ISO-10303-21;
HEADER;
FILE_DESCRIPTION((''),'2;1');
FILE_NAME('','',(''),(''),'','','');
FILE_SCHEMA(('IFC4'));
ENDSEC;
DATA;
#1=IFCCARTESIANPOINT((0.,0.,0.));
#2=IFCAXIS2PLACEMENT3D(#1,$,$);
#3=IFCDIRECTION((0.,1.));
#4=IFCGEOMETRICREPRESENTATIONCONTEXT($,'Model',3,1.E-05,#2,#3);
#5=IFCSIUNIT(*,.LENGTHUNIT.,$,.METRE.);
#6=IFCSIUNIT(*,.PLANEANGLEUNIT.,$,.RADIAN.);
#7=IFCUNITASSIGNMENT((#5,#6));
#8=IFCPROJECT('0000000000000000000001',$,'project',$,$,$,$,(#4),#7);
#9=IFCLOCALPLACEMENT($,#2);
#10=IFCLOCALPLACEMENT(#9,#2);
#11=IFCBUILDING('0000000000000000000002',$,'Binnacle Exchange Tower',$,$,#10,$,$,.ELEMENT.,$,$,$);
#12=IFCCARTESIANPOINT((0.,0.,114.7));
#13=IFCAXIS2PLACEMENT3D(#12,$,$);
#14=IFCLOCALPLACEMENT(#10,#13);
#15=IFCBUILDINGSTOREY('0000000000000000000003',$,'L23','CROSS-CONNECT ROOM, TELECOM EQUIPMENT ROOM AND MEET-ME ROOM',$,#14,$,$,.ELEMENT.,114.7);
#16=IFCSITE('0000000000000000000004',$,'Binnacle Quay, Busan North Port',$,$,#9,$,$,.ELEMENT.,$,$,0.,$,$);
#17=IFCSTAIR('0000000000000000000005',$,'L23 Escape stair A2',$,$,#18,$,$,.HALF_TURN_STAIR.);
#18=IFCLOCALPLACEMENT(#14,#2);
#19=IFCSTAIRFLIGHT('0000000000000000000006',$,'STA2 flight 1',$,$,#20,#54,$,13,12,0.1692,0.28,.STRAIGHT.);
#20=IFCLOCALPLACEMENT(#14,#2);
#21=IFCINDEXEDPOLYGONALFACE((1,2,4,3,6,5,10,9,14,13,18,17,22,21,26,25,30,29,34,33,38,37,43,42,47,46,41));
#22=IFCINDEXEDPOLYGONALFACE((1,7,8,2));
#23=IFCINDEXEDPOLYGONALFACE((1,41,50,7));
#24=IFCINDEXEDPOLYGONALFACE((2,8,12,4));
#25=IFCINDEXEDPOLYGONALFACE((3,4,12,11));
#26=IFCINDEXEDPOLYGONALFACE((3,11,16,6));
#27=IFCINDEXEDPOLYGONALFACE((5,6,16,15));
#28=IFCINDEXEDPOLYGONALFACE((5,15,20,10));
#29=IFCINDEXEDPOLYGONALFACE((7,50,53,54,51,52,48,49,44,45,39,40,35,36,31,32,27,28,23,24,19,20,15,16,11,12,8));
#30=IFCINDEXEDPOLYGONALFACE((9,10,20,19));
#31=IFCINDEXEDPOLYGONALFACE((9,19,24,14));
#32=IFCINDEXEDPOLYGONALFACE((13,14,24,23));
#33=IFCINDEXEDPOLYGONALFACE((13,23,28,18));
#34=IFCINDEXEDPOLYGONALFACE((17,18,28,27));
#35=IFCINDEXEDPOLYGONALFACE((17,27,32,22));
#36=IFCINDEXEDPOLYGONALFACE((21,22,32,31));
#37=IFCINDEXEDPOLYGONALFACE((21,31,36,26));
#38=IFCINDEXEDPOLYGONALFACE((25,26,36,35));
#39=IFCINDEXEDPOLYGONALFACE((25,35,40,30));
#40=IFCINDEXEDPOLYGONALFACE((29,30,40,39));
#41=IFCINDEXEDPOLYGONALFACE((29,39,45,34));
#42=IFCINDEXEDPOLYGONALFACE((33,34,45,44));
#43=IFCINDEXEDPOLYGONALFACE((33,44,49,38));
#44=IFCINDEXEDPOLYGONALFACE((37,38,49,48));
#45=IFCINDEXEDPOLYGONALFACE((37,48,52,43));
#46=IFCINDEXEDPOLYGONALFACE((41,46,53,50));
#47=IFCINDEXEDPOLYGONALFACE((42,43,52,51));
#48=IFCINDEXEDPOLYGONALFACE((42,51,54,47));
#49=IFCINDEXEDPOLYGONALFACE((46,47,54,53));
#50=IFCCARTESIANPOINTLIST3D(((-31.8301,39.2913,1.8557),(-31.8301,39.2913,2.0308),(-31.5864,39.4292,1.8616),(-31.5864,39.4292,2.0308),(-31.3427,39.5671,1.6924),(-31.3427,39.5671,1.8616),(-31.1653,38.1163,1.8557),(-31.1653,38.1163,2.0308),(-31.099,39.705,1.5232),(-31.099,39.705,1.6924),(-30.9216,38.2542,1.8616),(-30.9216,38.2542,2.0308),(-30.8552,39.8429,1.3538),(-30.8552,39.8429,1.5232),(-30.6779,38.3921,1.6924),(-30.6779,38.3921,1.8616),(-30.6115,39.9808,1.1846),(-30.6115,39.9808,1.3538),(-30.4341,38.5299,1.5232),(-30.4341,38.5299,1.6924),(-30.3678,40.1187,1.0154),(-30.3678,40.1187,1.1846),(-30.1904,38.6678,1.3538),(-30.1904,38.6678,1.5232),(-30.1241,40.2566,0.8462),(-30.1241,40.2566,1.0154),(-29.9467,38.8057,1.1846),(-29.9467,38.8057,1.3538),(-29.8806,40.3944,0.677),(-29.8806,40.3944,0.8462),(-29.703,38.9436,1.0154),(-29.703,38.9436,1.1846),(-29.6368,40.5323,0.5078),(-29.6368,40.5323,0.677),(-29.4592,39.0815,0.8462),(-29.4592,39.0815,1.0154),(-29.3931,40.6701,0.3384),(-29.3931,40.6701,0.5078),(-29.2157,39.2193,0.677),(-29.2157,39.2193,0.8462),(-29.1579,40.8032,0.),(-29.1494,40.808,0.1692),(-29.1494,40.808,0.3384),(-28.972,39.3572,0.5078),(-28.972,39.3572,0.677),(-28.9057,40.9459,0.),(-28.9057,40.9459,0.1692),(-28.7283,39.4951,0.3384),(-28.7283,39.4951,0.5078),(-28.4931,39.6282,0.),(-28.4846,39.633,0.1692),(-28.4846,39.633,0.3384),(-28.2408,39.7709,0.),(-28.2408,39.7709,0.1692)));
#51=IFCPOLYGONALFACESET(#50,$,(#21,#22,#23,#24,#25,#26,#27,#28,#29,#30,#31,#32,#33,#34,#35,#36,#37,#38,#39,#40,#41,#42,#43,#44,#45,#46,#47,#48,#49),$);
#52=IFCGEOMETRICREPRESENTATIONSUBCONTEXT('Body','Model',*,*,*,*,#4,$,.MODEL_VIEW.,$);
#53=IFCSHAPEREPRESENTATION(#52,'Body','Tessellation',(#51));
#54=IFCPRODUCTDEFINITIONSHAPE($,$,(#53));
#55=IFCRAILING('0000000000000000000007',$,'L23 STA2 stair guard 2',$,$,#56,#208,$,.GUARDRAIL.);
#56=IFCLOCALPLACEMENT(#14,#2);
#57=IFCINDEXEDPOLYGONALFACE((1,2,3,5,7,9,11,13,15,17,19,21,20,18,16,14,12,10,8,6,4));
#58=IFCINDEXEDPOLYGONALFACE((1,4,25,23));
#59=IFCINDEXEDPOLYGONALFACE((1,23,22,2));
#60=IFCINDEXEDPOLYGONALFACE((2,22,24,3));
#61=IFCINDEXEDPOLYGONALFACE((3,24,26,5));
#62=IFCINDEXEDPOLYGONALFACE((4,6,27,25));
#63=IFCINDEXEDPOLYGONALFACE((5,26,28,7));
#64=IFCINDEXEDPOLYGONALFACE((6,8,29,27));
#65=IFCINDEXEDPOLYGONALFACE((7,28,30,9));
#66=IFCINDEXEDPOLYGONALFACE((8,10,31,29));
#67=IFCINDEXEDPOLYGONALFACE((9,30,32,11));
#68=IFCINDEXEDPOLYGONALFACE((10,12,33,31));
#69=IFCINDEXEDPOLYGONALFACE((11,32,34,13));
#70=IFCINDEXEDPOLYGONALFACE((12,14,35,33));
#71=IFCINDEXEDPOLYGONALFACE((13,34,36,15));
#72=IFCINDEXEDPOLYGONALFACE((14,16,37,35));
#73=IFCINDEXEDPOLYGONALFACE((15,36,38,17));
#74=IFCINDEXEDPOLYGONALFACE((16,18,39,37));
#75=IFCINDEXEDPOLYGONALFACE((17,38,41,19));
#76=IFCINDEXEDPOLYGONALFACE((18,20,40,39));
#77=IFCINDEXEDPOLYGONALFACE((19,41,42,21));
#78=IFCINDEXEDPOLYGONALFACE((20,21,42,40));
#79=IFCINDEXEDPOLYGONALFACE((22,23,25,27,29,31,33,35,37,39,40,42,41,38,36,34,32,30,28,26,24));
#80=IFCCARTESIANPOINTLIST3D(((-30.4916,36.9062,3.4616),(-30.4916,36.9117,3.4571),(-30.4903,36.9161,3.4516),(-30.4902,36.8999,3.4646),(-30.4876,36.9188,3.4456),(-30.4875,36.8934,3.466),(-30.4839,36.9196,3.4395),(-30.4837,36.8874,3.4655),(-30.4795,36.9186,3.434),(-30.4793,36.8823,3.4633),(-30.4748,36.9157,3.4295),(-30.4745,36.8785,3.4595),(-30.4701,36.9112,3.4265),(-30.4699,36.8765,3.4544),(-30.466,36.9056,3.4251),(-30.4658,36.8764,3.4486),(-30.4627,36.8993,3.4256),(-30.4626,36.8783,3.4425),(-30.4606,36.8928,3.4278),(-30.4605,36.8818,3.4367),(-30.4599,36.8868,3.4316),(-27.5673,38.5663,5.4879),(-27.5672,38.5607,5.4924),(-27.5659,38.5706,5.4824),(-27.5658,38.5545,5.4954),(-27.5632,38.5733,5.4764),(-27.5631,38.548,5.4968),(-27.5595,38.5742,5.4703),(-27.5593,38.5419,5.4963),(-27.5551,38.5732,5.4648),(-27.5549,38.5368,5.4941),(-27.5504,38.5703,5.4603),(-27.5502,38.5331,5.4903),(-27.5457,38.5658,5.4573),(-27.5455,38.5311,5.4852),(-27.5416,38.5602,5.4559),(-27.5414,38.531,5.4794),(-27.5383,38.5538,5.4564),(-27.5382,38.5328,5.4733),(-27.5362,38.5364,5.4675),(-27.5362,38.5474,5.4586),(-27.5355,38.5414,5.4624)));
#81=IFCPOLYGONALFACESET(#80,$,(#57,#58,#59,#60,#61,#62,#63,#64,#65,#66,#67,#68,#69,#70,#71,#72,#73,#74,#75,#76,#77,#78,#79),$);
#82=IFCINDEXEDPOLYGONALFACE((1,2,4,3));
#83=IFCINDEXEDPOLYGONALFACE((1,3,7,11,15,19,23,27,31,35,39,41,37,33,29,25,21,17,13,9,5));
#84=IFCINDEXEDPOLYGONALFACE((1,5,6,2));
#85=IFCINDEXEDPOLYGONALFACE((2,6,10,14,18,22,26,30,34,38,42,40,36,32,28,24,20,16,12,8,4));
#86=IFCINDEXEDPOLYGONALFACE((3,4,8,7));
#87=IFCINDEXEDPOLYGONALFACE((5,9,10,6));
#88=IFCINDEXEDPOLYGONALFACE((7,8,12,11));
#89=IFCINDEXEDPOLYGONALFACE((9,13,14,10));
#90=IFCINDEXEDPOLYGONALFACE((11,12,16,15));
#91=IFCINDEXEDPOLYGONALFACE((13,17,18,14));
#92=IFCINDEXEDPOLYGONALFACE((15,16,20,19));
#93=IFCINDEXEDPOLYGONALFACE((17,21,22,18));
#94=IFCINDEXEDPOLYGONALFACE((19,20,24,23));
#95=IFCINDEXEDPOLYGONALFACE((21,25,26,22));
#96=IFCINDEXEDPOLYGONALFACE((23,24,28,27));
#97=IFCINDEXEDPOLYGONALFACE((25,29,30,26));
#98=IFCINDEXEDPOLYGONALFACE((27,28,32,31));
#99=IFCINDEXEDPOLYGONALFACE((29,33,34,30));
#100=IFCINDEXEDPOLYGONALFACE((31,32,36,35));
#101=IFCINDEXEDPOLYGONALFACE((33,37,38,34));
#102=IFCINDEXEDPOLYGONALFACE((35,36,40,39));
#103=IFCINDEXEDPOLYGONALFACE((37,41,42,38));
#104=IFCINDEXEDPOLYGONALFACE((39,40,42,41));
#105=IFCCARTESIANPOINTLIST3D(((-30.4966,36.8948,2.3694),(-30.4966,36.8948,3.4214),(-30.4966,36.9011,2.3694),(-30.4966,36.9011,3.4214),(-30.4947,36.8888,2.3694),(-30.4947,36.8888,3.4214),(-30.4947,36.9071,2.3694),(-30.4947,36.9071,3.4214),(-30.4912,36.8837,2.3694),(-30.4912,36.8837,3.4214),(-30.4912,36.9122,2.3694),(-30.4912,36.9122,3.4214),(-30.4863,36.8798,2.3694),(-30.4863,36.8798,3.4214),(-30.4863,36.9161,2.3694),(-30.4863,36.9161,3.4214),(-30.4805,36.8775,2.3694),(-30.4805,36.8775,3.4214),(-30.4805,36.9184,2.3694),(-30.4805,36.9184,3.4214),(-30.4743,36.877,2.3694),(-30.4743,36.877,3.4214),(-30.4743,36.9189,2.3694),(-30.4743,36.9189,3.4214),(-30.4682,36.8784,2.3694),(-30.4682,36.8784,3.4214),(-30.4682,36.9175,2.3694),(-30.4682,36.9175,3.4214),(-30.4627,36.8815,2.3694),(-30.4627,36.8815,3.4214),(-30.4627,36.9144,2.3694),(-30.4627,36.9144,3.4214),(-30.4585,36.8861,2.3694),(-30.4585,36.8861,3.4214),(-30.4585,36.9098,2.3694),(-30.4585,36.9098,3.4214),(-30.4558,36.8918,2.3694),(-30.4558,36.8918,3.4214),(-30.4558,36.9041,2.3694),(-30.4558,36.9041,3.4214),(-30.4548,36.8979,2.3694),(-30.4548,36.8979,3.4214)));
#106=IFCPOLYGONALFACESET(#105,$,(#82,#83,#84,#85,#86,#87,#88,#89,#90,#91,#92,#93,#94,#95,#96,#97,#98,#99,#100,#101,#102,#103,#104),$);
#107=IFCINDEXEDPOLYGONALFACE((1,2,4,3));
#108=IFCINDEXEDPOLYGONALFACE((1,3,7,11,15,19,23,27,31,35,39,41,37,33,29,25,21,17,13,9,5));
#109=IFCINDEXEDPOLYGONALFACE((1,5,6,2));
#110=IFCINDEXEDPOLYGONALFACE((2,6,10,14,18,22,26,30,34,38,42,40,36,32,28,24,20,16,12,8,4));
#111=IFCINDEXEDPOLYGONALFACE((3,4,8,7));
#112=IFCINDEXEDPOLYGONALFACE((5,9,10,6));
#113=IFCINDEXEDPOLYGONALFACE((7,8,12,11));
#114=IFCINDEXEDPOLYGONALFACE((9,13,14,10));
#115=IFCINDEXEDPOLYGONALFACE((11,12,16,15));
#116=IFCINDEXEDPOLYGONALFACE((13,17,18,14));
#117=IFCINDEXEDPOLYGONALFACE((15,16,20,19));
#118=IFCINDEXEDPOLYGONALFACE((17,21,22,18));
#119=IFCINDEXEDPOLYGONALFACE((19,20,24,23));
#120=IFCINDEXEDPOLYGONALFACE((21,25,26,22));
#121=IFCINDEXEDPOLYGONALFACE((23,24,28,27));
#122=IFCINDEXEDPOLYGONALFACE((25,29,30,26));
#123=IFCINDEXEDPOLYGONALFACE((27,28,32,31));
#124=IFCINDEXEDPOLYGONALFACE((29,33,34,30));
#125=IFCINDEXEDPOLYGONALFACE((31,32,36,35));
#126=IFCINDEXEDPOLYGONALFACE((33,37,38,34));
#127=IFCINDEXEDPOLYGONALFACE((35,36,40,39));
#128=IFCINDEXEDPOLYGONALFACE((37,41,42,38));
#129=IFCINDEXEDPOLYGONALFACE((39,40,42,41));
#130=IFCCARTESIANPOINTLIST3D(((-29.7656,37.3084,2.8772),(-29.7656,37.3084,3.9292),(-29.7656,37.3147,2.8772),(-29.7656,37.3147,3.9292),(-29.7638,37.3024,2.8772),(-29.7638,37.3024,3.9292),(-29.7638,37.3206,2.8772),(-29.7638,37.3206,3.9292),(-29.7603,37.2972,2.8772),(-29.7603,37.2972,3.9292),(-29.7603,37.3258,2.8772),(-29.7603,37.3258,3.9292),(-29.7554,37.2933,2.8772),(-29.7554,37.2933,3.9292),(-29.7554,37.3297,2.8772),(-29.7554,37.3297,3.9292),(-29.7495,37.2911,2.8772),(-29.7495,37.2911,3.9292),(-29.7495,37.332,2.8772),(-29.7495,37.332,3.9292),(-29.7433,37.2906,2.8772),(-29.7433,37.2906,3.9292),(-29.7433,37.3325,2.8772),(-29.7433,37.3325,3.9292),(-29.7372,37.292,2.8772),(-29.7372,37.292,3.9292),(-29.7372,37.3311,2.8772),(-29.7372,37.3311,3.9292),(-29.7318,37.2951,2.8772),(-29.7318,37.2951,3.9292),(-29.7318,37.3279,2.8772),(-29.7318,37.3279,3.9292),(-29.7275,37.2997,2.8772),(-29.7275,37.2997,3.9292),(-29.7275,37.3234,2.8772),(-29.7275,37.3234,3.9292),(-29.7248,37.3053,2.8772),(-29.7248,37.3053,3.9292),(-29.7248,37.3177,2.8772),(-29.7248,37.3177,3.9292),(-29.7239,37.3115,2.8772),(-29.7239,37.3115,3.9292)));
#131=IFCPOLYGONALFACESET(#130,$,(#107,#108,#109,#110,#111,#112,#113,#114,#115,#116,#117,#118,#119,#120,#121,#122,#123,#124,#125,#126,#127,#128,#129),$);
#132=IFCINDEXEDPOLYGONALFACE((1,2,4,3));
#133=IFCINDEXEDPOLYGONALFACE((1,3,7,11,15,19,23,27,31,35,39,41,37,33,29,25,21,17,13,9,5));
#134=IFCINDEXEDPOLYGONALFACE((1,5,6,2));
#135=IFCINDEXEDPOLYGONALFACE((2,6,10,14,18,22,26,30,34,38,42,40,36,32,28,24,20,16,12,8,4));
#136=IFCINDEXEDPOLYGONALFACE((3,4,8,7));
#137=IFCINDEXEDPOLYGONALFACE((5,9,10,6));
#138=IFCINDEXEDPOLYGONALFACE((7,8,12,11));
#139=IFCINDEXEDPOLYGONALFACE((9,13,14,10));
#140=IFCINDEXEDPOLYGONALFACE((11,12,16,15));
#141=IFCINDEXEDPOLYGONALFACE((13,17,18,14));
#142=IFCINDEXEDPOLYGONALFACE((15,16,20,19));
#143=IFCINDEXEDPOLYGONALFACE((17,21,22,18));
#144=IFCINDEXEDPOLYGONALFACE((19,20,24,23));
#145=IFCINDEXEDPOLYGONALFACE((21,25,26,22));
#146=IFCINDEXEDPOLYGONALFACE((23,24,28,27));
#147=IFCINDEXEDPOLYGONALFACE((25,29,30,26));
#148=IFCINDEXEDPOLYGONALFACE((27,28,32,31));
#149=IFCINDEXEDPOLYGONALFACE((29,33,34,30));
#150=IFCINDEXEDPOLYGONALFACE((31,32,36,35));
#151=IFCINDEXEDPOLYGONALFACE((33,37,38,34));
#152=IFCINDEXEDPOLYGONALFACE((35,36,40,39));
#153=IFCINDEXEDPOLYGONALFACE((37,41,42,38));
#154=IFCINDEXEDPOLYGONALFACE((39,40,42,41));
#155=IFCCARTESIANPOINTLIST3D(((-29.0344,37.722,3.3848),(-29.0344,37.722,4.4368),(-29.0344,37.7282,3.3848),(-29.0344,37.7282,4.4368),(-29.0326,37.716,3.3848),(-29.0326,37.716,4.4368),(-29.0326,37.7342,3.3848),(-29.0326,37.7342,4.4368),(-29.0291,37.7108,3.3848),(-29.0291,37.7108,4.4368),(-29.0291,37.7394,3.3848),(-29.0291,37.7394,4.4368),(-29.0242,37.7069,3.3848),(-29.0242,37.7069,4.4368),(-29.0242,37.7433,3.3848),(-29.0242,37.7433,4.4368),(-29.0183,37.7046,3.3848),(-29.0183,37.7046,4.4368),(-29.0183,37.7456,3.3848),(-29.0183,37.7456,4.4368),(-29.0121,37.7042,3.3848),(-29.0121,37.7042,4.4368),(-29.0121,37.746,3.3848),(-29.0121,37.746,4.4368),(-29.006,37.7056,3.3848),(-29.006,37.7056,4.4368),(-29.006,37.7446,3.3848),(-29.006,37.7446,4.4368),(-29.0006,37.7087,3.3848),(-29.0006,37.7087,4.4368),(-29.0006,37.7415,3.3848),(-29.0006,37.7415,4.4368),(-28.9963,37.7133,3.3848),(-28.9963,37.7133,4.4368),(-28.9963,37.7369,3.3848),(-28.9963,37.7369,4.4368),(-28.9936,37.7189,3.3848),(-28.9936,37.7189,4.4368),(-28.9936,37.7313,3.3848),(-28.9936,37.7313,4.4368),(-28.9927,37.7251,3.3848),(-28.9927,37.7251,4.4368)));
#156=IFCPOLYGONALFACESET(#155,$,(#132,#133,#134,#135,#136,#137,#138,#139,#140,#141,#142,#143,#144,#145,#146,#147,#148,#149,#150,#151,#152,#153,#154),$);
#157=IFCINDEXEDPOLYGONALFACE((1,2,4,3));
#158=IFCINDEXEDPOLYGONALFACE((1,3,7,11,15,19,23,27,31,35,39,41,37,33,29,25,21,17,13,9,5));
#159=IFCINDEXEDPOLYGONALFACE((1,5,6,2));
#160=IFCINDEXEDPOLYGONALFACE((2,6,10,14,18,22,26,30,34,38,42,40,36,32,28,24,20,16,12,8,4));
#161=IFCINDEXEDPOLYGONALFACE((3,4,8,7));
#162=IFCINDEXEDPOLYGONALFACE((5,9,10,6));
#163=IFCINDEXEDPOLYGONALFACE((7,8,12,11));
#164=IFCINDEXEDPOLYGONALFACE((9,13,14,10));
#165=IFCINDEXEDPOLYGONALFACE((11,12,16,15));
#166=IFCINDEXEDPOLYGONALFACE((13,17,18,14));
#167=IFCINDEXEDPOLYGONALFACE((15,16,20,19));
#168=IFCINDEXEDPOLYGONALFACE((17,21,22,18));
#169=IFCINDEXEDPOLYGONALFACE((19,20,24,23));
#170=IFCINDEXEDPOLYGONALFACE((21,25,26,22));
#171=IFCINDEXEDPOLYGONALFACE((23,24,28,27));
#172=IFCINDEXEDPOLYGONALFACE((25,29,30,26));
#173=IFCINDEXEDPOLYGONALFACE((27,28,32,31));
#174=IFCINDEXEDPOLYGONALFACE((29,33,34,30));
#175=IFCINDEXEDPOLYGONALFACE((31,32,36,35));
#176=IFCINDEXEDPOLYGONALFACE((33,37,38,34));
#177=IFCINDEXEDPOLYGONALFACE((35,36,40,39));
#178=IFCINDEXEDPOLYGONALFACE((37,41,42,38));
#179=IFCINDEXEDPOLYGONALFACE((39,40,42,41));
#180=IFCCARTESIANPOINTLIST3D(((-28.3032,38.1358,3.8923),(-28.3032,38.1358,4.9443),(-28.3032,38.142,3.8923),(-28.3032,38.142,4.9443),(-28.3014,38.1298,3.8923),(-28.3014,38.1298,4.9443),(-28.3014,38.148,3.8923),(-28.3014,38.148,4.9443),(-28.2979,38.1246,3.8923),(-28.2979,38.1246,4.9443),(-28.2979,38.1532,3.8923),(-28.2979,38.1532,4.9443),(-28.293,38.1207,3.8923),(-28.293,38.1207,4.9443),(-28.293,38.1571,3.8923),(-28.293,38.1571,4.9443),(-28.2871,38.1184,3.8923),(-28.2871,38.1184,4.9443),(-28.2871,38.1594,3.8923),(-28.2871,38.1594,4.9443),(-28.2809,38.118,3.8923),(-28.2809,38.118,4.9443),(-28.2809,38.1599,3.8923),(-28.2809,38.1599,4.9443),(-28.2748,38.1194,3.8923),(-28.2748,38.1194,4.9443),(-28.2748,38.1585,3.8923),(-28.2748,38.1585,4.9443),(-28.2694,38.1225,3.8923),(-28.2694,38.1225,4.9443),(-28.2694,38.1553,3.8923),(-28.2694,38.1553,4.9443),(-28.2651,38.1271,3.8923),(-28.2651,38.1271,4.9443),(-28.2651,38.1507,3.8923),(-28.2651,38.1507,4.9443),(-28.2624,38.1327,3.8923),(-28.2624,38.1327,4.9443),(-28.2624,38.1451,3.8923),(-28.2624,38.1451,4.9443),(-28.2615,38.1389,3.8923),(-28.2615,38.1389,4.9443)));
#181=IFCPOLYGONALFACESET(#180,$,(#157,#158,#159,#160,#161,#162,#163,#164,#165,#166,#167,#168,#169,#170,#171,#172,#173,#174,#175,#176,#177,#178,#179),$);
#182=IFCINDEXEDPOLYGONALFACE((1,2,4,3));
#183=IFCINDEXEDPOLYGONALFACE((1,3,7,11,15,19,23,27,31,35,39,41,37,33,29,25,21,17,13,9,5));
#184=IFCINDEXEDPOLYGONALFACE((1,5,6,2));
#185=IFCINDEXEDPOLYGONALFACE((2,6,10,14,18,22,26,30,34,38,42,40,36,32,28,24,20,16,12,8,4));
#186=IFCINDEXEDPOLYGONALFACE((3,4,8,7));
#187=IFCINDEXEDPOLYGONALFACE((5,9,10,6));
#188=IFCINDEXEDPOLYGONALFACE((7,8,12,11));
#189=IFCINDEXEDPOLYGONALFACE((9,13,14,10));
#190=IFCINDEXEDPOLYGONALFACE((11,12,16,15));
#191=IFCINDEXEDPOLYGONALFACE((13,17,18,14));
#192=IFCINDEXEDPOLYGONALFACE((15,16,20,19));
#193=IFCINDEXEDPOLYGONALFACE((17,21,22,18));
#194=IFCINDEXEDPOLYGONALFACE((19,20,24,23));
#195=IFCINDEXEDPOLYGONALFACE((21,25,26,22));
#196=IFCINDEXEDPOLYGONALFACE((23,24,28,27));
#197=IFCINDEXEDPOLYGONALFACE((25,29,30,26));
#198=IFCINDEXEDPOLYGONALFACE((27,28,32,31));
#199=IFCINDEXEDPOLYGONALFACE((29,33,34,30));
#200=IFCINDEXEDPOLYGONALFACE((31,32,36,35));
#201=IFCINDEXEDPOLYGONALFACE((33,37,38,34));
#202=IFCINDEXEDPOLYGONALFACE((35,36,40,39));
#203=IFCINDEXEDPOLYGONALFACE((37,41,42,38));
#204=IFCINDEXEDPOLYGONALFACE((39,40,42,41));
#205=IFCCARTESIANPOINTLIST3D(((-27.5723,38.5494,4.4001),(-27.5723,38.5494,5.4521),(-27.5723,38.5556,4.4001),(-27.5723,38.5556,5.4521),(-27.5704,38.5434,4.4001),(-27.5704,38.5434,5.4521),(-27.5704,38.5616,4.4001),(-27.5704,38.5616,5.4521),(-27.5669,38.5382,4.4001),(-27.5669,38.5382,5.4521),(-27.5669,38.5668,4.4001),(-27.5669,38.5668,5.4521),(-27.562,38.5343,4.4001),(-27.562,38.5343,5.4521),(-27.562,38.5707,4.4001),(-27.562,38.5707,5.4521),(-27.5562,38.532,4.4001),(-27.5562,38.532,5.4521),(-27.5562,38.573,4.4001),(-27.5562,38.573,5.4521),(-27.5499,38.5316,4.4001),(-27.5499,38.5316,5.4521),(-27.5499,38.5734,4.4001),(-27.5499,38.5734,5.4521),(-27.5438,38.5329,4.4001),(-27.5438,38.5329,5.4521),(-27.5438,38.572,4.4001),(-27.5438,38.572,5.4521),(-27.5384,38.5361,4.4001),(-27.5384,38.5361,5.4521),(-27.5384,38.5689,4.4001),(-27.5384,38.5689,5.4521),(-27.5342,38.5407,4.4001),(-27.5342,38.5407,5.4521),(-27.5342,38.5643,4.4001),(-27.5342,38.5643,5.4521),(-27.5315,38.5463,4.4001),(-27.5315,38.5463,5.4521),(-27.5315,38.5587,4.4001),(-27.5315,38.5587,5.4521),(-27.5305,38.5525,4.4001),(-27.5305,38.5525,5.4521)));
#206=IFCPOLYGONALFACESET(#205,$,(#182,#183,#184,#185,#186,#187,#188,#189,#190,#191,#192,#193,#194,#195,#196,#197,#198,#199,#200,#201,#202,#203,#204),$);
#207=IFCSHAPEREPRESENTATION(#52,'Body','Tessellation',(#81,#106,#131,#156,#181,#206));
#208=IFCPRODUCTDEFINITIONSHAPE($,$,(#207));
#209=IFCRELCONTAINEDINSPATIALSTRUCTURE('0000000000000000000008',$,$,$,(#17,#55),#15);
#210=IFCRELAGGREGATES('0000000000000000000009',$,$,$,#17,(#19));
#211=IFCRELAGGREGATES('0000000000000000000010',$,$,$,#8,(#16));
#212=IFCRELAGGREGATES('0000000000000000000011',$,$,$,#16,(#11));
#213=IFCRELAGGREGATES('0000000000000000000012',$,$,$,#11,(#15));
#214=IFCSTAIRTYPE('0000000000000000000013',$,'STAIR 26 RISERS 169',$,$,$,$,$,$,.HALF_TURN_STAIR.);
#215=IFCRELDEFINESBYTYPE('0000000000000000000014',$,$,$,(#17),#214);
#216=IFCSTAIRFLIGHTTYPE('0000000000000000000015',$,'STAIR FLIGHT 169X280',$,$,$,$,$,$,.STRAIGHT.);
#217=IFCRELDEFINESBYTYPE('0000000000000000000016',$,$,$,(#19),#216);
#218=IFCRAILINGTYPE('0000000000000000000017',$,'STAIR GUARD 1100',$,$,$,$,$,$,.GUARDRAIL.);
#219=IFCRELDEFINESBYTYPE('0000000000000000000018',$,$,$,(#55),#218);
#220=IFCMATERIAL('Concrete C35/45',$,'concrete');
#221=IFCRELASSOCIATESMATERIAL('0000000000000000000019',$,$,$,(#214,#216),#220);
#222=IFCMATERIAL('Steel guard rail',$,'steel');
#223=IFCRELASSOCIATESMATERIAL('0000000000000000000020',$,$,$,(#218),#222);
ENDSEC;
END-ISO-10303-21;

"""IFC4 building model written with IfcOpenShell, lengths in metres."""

from ifc_helpers import new_model, si_unit, direction, frame, origin, origin_2d, place, context, subcontext, project, spatial, polyline, circle, outline, extrude, material, type_object, element, aggregate, save


model = new_model("IFC4")

# Units and contexts
model_context = context("Model", 3, precision=1e-05, world=origin(), true_north=direction((0.0, 1.0)))
body_context = subcontext(model_context, "Body", "Model", "MODEL_VIEW")
ifc_project = project(units=[si_unit("LENGTHUNIT", "METRE"), si_unit("PLANEANGLEUNIT", "RADIAN")], contexts=[model_context])

# Site, building, storey
site_placement = place(None, origin())
site = spatial("IfcSite", under=ifc_project, at=site_placement, Name="Binnacle Quay, Busan North Port", CompositionType="ELEMENT", RefElevation=0.0)
building_placement = place(site_placement, origin())
building = spatial("IfcBuilding", under=site, at=building_placement, Name="Binnacle Exchange Tower", CompositionType="ELEMENT")
storey_placement = place(building_placement, frame((0.0, 0.0, 114.7)))
storey = spatial("IfcBuildingStorey", under=building, at=storey_placement, Name="L23", Description="CROSS-CONNECT ROOM, TELECOM EQUIPMENT ROOM AND MEET-ME ROOM", CompositionType="ELEMENT", Elevation=114.7)

# Stair, stair flight
ifc_material_1 = material(Name="Concrete C35/45", Category="concrete")
stair_type = type_object("IfcStairType", Name="STAIR 26 RISERS 169", PredefinedType="HALF_TURN_STAIR", material=ifc_material_1)
stair_placement = place(storey_placement, origin())
stair = element("IfcStair", 1, at=stair_placement, inside=storey, type_object=stair_type, Name="L23 Escape stair A2", PredefinedType="HALF_TURN_STAIR")
stair_flight_type = type_object("IfcStairFlightType", Name="STAIR FLIGHT 169X280", PredefinedType="STRAIGHT", material=ifc_material_1)
stair_flight_placement = place(storey_placement, frame((-28.5732, 40.3584, 0.0), z_axis=(0.0, 0.0, 1.0), x_axis=(-0.870356, -0.492424, 0.0)))
stair_flight = element("IfcStairFlight", 2, at=stair_flight_placement, type_object=stair_flight_type, Name="STA2 flight 1", NumberOfRisers=13, NumberOfTreads=12, PredefinedType="STRAIGHT", RiserHeight=0.1692, TreadLength=0.28, context=body_context, shape_type="SweptSolid", body=[
    extrude(outline(polyline([(0.0, 0.0), (0.0, 0.1692), (0.28, 0.1692), (0.28, 0.3384), (0.5601, 0.3384), (0.5601, 0.5078), (0.8401, 0.5078), (0.8401, 0.677), (1.1201, 0.677), (1.1201, 0.8462), (1.3999, 0.8462), (1.3999, 1.0154), (1.6799, 1.0154), (1.6799, 1.1846), (1.96, 1.1846), (1.96, 1.3538), (2.24, 1.3538), (2.24, 1.5232), (2.52, 1.5232), (2.52, 1.6924), (2.8, 1.6924), (2.8, 1.8616), (3.0801, 1.8616), (3.0801, 2.0308), (3.3601, 2.0308), (3.3601, 2.2), (3.3601, 1.8557), (0.2898, 0.0), (0.0, 0.0)])), frame((0.0, 0.675, 0.0), z_axis=(0.0, -1.0, 0.0), x_axis=(1.0, 0.0, 0.0)), (0.0, 0.0, 1.0), 1.3501),
])
aggregate(stair, [stair_flight])

# Railing
ifc_material_2 = material(Name="Steel guard rail", Category="steel")
railing_type_1 = type_object("IfcRailingType", Name="STAIR GUARD 1100", PredefinedType="GUARDRAIL", material=ifc_material_2)
railing_1_placement = place(storey_placement, frame((-30.4758, 36.8979, 2.3694)))
element("IfcRailing", 3, at=railing_1_placement, inside=storey, type_object=railing_type_1, Name="L23 STA2 stair guard 2", PredefinedType="GUARDRAIL", context=body_context, shape_type="SweptSolid", body=[
    extrude(circle(Radius=0.0239, at=origin_2d()), frame((0.0, 0.0, 1.0762), z_axis=(0.744867, 0.421437, 0.517266), x_axis=(-0.492433, 0.87035, 0.0)), (0.0, 0.0, 1.0), 3.926),
    extrude(circle(Radius=0.021, at=origin_2d()), origin(), (0.0, 0.0, 1.0), 1.052),
    extrude(circle(Radius=0.021, at=origin_2d()), frame((0.731, 0.4136, 0.5078)), (0.0, 0.0, 1.0), 1.052),
    extrude(circle(Radius=0.021, at=origin_2d()), frame((1.4622, 0.8271, 1.0154)), (0.0, 0.0, 1.0), 1.052),
    extrude(circle(Radius=0.021, at=origin_2d()), frame((2.1934, 1.241, 1.5229)), (0.0, 0.0, 1.0), 1.052),
    extrude(circle(Radius=0.021, at=origin_2d()), frame((2.9243, 1.6545, 2.0308)), (0.0, 0.0, 1.0), 1.052),
])

save(model, "model.ifc")
